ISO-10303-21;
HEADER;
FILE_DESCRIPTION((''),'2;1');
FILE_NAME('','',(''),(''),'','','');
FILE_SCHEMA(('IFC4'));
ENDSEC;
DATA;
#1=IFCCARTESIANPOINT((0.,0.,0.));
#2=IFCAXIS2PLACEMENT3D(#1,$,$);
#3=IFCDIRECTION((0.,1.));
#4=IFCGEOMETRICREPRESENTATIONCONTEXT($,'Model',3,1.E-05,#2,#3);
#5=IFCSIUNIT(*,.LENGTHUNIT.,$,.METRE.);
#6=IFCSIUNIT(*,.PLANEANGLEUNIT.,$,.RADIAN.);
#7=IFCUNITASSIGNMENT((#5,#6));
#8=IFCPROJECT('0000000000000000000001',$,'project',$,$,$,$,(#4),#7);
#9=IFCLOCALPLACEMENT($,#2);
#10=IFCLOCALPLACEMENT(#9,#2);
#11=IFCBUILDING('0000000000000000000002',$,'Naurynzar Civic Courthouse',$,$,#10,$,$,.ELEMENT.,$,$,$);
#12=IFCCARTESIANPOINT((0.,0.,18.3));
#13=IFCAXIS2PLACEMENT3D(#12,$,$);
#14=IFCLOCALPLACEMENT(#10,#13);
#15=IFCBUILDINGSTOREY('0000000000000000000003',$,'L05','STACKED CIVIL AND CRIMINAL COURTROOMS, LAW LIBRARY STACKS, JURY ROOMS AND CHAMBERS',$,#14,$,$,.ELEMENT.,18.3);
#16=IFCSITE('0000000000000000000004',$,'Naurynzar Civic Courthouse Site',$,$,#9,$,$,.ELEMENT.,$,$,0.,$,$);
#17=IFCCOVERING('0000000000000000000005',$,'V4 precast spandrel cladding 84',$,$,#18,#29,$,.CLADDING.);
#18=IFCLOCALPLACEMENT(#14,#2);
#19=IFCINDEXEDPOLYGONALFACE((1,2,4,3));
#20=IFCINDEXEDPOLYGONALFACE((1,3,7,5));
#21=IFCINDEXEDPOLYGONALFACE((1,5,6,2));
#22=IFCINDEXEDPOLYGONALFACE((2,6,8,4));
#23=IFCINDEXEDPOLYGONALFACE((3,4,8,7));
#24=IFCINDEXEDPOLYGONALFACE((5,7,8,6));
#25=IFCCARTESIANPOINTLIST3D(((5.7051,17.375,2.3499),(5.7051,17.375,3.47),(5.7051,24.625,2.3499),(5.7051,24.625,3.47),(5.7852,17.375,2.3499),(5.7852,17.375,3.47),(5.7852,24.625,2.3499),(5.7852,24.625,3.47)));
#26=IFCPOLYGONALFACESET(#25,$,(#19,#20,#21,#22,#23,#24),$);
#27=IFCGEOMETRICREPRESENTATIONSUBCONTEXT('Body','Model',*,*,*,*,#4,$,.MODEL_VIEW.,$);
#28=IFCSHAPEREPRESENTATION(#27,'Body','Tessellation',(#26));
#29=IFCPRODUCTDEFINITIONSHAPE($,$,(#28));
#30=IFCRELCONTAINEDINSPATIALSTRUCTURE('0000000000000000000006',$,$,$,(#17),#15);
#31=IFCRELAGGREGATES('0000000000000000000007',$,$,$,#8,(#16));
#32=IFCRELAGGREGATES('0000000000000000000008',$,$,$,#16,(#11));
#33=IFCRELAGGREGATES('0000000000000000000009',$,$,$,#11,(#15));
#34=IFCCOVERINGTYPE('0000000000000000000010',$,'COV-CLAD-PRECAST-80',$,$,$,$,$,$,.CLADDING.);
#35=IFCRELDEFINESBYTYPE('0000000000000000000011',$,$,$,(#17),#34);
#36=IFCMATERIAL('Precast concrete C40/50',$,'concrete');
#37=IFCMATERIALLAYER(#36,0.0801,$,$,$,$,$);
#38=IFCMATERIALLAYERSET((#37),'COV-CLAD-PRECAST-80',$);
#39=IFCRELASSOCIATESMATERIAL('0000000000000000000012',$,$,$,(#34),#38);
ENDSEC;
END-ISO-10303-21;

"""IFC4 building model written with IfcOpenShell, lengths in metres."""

from ifc_helpers import new_model, si_unit, direction, frame, origin, origin_2d, place, context, subcontext, project, spatial, rectangle, extrude, material, layer, layer_set, type_object, element, save


model = new_model("IFC4")

# Units and contexts
model_context = context("Model", 3, precision=1e-05, world=origin(), true_north=direction((0.0, 1.0)))
body_context = subcontext(model_context, "Body", "Model", "MODEL_VIEW")
ifc_project = project(units=[si_unit("LENGTHUNIT", "METRE"), si_unit("PLANEANGLEUNIT", "RADIAN")], contexts=[model_context])

# Site, building, storey
site_placement = place(None, origin())
site = spatial("IfcSite", under=ifc_project, at=site_placement, Name="Naurynzar Civic Courthouse Site", CompositionType="ELEMENT", RefElevation=0.0)
building_placement = place(site_placement, origin())
building = spatial("IfcBuilding", under=site, at=building_placement, Name="Naurynzar Civic Courthouse", CompositionType="ELEMENT")
storey_placement = place(building_placement, frame((0.0, 0.0, 18.3)))
storey = spatial("IfcBuildingStorey", under=building, at=storey_placement, Name="L05", Description="STACKED CIVIL AND CRIMINAL COURTROOMS, LAW LIBRARY STACKS, JURY ROOMS AND CHAMBERS", CompositionType="ELEMENT", Elevation=18.3)

# Covering
ifc_material_1 = material(Name="Precast concrete C40/50", Category="concrete")
ifc_layer_1 = layer(ifc_material_1, 0.0801)
ifc_layer_set_1 = layer_set([ifc_layer_1], Name="COV-CLAD-PRECAST-80")
covering_type = type_object("IfcCoveringType", Name="COV-CLAD-PRECAST-80", PredefinedType="CLADDING", material=ifc_layer_set_1)
covering_placement = place(storey_placement, frame((5.7451, 21.0, 2.3499), z_axis=(0.0, 0.0, 1.0), x_axis=(0.0, 1.0, 0.0)))
element("IfcCovering", 1, at=covering_placement, inside=storey, type_object=covering_type, Name="V4 precast spandrel cladding 84", PredefinedType="CLADDING", context=body_context, shape_type="SweptSolid", body=[
    extrude(rectangle(XDim=7.25, YDim=0.0801, at=origin_2d()), origin(), (0.0, 0.0, 1.0), 1.1201),
])

save(model, "model.ifc")
